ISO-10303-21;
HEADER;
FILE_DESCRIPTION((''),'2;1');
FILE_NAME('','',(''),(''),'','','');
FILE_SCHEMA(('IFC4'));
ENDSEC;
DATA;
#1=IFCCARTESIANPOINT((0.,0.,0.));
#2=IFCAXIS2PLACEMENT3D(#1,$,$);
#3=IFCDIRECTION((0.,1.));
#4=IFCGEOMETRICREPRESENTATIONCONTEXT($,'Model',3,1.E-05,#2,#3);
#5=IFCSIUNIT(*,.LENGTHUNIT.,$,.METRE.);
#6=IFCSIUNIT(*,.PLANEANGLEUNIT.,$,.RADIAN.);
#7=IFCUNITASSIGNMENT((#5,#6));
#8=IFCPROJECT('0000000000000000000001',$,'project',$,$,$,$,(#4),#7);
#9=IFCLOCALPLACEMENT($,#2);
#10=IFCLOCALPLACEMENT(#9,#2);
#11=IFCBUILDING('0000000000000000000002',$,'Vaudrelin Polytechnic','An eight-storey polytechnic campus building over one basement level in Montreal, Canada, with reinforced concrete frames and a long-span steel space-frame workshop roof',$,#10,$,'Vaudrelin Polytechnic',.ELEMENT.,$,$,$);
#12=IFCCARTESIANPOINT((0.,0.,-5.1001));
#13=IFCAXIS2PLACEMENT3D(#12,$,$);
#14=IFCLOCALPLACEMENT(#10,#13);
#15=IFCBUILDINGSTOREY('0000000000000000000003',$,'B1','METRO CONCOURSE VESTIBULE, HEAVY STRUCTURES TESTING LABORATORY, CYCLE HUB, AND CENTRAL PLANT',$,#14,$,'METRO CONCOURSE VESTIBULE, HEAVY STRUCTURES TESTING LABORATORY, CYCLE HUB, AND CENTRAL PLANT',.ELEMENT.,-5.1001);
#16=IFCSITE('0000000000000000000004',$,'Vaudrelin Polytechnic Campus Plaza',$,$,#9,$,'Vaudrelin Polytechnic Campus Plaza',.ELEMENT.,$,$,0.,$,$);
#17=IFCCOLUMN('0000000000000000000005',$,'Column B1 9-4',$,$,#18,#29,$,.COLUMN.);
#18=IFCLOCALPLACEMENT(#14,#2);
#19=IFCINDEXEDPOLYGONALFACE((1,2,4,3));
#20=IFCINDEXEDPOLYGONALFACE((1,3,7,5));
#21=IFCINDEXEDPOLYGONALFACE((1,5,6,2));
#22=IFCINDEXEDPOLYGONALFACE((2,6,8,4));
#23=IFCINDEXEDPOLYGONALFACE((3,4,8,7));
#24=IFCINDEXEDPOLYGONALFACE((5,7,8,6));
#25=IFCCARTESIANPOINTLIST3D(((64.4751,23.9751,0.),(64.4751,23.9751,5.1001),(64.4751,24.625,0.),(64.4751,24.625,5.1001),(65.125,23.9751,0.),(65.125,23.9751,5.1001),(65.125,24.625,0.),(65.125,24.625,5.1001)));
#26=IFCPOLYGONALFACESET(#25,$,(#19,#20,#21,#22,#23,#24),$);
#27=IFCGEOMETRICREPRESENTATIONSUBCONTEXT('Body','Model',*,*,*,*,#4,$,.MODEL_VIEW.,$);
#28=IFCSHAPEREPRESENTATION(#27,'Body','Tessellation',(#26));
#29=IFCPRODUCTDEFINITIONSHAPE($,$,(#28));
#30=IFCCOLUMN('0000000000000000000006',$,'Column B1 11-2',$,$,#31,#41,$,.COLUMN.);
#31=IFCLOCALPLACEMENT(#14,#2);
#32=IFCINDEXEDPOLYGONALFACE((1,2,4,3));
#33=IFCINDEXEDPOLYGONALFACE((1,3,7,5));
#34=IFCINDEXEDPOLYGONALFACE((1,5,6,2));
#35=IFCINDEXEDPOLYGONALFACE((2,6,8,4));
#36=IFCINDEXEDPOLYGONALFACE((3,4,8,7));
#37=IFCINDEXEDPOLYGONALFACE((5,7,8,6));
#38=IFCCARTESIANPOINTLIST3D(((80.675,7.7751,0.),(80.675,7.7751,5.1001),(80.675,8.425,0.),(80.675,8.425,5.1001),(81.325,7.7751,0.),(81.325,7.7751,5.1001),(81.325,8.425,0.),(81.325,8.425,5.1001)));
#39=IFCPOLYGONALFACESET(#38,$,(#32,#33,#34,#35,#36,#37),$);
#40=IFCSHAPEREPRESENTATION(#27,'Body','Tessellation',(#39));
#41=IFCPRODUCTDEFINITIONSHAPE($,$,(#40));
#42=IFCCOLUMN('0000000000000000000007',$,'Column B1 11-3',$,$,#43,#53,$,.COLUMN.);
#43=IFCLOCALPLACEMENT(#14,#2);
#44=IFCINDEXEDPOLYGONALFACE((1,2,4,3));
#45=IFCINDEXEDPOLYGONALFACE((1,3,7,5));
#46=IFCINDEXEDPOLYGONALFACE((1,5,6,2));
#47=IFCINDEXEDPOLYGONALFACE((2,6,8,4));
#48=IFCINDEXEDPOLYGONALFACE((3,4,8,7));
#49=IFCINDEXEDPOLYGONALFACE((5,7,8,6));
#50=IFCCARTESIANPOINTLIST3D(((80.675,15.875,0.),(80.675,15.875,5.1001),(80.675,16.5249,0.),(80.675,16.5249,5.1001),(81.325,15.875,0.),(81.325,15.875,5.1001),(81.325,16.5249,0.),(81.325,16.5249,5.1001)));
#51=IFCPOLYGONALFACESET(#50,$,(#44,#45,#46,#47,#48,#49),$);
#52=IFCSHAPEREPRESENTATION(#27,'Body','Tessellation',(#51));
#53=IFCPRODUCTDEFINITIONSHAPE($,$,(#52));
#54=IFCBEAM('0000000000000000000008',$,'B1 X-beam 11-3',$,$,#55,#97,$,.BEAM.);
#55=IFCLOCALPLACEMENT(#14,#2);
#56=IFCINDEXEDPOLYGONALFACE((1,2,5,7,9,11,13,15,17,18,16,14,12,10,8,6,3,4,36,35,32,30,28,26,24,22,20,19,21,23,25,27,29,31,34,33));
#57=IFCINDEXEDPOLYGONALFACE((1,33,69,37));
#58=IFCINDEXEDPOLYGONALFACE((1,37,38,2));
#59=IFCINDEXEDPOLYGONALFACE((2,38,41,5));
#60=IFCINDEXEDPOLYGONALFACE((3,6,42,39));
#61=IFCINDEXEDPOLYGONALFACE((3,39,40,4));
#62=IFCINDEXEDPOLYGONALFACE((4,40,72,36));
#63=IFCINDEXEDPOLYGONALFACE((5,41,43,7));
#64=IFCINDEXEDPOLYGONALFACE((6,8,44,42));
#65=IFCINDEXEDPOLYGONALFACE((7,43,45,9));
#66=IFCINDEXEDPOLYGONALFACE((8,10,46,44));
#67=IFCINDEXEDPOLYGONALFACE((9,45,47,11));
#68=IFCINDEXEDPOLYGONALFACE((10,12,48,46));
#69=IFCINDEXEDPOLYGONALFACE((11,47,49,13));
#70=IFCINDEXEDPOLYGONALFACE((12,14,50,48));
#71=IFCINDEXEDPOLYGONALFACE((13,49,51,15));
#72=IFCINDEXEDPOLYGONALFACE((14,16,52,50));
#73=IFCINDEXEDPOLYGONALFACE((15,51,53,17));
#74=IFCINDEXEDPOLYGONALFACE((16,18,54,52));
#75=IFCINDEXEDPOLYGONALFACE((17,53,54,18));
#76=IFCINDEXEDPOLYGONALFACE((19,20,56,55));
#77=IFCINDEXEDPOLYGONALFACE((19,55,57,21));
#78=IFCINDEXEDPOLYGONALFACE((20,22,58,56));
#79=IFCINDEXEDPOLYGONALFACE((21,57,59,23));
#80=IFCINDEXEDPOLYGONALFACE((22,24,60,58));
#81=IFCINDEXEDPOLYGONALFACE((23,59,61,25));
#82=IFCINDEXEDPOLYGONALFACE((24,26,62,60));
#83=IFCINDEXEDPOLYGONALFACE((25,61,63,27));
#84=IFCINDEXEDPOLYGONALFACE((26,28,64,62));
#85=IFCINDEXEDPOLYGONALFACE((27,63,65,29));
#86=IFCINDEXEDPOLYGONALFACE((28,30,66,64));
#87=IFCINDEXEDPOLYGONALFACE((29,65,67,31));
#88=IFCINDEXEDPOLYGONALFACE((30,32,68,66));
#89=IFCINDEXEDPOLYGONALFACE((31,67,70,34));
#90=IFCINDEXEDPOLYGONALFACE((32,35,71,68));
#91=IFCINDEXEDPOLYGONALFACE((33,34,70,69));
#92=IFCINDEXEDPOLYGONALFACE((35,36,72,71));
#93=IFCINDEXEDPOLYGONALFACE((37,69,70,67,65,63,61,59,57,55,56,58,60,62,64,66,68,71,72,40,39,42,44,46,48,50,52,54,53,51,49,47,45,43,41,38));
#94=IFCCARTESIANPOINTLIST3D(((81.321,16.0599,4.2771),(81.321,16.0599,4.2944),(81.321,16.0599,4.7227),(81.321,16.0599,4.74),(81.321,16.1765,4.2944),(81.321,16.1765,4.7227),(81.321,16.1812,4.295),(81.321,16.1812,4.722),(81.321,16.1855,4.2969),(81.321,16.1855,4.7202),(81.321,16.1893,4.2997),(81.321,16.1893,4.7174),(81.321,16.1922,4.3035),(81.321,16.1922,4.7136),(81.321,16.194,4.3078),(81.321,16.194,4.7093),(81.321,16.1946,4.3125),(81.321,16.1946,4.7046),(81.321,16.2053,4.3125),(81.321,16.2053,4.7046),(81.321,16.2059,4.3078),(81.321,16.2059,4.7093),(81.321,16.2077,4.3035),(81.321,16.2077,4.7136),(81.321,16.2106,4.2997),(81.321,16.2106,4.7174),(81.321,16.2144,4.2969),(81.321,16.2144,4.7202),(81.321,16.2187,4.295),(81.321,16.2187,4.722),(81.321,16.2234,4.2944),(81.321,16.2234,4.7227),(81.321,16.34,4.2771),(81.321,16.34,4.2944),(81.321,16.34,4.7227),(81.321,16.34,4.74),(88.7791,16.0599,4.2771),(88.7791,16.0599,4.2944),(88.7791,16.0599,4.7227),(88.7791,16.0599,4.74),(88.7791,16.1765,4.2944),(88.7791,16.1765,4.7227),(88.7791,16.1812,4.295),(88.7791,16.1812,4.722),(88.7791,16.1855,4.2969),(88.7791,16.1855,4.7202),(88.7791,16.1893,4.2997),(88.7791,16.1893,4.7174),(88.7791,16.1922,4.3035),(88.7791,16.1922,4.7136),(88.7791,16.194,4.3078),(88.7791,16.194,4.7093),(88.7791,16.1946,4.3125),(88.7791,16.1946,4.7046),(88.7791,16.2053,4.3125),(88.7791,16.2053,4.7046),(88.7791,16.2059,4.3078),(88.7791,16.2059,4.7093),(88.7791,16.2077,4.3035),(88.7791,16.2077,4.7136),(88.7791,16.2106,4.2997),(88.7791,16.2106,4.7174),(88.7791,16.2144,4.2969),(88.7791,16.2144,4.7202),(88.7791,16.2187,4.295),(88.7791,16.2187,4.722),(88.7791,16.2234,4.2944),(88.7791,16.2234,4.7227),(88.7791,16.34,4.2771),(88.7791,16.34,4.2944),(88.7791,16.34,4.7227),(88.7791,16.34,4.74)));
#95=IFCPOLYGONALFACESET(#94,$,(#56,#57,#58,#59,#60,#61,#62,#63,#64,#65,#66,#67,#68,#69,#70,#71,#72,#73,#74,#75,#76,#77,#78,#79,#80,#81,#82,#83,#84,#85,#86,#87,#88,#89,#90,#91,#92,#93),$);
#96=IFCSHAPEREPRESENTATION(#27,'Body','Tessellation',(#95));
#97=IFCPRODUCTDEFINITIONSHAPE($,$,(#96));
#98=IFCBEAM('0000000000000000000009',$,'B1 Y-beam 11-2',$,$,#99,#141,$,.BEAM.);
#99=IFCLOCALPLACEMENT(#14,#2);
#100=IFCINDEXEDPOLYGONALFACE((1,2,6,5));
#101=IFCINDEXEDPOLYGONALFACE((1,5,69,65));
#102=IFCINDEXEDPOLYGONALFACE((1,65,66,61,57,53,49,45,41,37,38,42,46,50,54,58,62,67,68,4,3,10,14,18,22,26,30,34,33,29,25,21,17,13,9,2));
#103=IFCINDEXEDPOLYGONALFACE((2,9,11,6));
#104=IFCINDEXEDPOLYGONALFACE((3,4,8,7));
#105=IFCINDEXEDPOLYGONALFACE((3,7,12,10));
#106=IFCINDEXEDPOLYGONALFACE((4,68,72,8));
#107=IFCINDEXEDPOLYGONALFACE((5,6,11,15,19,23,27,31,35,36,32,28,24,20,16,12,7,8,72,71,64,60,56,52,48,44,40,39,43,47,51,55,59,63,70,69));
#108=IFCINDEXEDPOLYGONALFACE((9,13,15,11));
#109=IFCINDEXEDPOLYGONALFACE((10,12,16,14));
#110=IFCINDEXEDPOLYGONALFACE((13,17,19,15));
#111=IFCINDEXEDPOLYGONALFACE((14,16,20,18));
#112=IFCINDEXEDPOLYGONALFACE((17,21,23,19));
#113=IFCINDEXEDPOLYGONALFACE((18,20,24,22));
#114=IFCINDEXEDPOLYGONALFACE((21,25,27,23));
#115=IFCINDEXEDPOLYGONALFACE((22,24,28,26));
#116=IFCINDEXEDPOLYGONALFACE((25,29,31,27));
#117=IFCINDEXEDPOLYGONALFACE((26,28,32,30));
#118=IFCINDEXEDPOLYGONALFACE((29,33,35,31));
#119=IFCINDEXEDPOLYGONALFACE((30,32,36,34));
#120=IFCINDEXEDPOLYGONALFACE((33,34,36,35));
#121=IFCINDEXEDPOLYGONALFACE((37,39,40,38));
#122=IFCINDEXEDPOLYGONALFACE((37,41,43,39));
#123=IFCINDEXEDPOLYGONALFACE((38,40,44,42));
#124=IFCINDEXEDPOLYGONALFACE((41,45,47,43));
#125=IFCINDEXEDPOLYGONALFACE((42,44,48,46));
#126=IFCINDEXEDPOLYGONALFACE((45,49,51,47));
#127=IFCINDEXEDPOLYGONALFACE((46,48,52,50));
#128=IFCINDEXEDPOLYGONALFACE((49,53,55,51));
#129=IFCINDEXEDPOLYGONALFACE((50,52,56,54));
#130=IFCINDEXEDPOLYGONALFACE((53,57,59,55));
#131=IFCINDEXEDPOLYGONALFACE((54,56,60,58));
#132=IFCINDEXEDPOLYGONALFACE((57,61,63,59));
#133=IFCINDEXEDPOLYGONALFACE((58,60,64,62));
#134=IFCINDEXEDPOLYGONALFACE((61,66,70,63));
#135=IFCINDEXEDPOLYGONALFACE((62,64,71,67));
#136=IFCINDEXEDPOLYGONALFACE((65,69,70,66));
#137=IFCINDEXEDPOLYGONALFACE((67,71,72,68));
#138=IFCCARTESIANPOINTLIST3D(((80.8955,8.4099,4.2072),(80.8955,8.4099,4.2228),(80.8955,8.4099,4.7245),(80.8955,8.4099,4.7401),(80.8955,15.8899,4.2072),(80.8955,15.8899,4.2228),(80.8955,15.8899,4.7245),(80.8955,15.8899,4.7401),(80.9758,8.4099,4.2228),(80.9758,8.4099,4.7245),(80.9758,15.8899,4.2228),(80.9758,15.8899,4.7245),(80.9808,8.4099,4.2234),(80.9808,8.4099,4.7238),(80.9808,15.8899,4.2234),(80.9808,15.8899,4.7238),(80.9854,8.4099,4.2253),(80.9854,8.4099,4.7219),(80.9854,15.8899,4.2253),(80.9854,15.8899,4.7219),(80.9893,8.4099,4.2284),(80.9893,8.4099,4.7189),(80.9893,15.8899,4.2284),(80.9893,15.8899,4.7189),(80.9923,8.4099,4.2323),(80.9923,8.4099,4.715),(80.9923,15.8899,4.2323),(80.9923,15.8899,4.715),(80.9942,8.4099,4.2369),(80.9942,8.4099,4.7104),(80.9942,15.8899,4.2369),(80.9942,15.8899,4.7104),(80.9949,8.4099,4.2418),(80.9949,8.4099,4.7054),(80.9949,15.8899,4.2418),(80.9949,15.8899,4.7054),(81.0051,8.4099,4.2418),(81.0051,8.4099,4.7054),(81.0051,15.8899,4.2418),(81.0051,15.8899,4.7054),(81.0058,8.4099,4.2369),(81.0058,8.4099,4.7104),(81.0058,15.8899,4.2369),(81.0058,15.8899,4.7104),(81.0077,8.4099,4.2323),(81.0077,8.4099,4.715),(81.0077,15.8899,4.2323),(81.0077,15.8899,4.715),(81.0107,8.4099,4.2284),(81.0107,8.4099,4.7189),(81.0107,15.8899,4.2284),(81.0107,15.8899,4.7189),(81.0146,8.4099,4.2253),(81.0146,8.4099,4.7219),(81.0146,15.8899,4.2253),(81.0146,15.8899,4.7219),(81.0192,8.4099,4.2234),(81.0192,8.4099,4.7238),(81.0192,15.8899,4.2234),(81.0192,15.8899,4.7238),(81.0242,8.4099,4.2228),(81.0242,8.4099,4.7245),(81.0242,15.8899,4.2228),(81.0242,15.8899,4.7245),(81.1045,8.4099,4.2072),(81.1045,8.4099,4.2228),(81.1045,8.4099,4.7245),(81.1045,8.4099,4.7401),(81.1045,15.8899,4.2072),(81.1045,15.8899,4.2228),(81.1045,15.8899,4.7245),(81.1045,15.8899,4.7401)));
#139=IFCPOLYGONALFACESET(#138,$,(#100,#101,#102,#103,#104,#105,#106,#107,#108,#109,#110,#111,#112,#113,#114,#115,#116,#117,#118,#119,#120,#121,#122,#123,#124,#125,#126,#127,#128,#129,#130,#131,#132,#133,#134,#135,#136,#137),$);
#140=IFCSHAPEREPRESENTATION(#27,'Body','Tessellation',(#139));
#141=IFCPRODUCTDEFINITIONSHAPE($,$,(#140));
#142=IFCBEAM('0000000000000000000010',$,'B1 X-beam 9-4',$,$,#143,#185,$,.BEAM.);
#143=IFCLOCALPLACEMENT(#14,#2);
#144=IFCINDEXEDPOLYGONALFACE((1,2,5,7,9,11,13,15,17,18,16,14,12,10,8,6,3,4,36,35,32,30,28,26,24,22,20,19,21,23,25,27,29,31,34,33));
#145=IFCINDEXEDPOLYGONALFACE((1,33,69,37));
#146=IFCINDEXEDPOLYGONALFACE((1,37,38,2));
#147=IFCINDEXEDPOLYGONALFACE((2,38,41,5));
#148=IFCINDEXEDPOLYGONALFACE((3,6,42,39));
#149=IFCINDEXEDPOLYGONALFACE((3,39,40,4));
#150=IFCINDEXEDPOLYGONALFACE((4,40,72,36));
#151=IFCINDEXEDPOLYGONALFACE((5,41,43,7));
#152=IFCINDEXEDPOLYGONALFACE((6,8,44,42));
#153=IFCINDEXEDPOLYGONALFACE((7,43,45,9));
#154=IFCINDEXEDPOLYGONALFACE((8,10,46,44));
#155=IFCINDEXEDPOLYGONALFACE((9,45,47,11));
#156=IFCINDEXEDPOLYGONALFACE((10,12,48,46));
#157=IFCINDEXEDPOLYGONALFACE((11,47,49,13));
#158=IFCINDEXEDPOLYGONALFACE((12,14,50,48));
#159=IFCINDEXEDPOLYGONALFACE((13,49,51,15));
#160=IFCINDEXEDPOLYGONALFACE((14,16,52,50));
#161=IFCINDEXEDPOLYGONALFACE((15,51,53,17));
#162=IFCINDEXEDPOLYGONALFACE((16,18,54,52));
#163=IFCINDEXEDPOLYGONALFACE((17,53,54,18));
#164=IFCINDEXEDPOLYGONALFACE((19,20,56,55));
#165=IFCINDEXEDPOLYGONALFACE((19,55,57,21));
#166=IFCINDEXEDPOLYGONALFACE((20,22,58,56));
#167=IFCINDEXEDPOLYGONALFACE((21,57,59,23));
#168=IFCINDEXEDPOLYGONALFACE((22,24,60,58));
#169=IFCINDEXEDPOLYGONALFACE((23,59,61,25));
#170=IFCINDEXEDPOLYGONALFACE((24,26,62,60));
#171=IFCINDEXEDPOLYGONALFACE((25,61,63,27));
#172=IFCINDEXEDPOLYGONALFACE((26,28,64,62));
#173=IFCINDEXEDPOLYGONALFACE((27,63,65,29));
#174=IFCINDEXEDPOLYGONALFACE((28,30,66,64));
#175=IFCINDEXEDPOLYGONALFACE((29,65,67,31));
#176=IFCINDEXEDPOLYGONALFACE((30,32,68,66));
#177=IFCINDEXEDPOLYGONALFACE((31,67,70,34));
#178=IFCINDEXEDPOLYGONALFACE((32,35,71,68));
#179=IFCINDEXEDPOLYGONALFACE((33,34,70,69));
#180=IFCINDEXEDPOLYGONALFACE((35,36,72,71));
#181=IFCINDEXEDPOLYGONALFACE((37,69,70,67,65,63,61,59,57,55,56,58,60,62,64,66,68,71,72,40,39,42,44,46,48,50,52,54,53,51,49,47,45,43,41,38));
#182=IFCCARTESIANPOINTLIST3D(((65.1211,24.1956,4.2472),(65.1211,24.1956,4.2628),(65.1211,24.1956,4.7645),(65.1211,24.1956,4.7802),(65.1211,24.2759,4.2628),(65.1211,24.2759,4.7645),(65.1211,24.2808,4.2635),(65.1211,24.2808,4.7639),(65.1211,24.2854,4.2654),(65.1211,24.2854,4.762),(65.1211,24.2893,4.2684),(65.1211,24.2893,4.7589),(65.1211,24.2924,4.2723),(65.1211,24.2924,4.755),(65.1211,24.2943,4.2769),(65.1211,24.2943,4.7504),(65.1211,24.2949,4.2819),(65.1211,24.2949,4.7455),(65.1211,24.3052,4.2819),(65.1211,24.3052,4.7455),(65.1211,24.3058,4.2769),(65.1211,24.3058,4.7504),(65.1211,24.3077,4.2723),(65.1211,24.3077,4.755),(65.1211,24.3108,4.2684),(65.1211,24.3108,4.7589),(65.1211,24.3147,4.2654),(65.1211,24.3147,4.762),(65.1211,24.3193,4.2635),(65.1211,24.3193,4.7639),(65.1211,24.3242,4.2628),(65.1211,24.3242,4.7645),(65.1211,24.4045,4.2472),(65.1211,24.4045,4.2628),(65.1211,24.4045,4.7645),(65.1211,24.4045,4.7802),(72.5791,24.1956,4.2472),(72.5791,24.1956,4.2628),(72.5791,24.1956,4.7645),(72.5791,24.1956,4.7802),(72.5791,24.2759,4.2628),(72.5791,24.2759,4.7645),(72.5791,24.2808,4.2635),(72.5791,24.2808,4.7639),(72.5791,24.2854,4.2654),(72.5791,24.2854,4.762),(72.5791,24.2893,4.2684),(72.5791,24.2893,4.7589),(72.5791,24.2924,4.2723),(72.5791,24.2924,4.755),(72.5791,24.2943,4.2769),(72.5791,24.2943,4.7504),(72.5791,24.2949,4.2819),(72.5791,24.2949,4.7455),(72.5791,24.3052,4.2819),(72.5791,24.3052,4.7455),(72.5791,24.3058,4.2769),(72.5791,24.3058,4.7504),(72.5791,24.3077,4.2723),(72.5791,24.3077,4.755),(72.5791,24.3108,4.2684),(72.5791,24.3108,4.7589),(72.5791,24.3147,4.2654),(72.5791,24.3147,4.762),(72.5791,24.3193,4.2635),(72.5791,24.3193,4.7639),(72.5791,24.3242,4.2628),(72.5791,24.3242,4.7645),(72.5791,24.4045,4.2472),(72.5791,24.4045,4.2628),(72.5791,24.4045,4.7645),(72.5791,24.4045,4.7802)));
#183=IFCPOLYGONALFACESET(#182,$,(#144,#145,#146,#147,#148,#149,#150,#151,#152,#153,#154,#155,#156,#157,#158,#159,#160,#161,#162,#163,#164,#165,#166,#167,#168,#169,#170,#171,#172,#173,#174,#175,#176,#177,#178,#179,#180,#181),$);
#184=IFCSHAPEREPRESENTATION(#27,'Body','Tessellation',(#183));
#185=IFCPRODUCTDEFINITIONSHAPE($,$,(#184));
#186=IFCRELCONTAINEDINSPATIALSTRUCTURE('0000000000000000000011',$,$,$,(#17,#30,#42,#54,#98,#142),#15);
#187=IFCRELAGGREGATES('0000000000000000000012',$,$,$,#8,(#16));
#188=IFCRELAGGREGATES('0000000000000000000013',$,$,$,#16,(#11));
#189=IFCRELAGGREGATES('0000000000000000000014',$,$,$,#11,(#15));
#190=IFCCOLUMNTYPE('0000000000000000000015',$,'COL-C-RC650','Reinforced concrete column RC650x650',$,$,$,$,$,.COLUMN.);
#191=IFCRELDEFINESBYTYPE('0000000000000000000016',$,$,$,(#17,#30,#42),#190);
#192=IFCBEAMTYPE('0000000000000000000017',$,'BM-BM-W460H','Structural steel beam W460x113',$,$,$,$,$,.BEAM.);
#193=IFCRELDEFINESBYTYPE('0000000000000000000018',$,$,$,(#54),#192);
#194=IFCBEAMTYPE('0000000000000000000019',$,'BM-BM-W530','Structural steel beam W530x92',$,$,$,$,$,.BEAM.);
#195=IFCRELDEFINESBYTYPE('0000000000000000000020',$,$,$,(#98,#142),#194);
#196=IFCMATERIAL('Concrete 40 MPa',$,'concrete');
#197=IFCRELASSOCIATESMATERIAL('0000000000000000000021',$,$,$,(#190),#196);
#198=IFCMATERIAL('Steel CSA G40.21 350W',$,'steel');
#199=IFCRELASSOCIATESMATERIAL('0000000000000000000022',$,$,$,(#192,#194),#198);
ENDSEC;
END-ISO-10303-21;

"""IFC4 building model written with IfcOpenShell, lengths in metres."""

from ifc_helpers import new_model, si_unit, direction, frame, origin, origin_2d, place, context, subcontext, project, spatial, rectangle, i_section, extrude, material, material_profile, profile_set, type_object, element, save


model = new_model("IFC4")

# Units and contexts
model_context = context("Model", 3, precision=1e-05, world=origin(), true_north=direction((0.0, 1.0)))
body_context = subcontext(model_context, "Body", "Model", "MODEL_VIEW")
ifc_project = project(units=[si_unit("LENGTHUNIT", "METRE"), si_unit("PLANEANGLEUNIT", "RADIAN")], contexts=[model_context])

# Site, building, storey
site_placement = place(None, origin())
site = spatial("IfcSite", under=ifc_project, at=site_placement, Name="Vaudrelin Polytechnic Campus Plaza", LongName="Vaudrelin Polytechnic Campus Plaza", CompositionType="ELEMENT", RefElevation=0.0)
building_placement = place(site_placement, origin())
building = spatial("IfcBuilding", under=site, at=building_placement, Name="Vaudrelin Polytechnic", Description="An eight-storey polytechnic campus building over one basement level in Montreal, Canada, with reinforced concrete frames and a long-span steel space-frame workshop roof", LongName="Vaudrelin Polytechnic", CompositionType="ELEMENT")
storey_placement = place(building_placement, frame((0.0, 0.0, -5.1001)))
storey = spatial("IfcBuildingStorey", under=building, at=storey_placement, Name="B1", Description="METRO CONCOURSE VESTIBULE, HEAVY STRUCTURES TESTING LABORATORY, CYCLE HUB, AND CENTRAL PLANT", LongName="METRO CONCOURSE VESTIBULE, HEAVY STRUCTURES TESTING LABORATORY, CYCLE HUB, AND CENTRAL PLANT", CompositionType="ELEMENT", Elevation=-5.1001)

# Shared definitions
ifc_material_1 = material(Name="Concrete 40 MPa", Category="concrete")

# Columns
ifc_material_profile_1 = material_profile(ifc_material_1, rectangle(XDim=0.6499, YDim=0.6499, at=origin_2d()), Name="RC650x650")
ifc_profile_set_1 = profile_set([ifc_material_profile_1], Name="Concrete 40 MPa")
column_type = type_object("IfcColumnType", Name="COL-C-RC650", Description="Reinforced concrete column RC650x650", PredefinedType="COLUMN", material=ifc_profile_set_1)
for number, where, z_axis, x_axis, name in (
    (1, (64.8, 24.3, 0.0), (0.0, 0.0, 1.0), (1.0, 0.0, 0.0), "Column B1 9-4"),
    (2, (81.0, 8.1001, 0.0), (0.0, 0.0, 1.0), (1.0, 0.0, 0.0), "Column B1 11-2"),
    (3, (81.0, 16.2, 0.0), (0.0, 0.0, 1.0), (1.0, 0.0, 0.0), "Column B1 11-3"),
):
    element("IfcColumn", number, at=place(storey_placement, frame(where, z_axis=z_axis, x_axis=x_axis)), inside=storey, type_object=column_type, Name=name, PredefinedType="COLUMN", context=body_context, shape_type="SweptSolid", body=[
        extrude(rectangle(XDim=0.6499, YDim=0.6499, at=origin_2d()), origin(), (0.0, 0.0, 1.0), 5.1001),
    ])

# Beams
ifc_material_2 = material(Name="Steel CSA G40.21 350W", Category="steel")
ifc_material_profile_2 = material_profile(ifc_material_2, i_section(OverallWidth=0.28, OverallDepth=0.4629, WebThickness=0.0107, FlangeThickness=0.0173, FilletRadius=0.0181, at=origin_2d()), Name="W460x113")
ifc_profile_set_2 = profile_set([ifc_material_profile_2], Name="Steel CSA G40.21 350W")
beam_type_1 = type_object("IfcBeamType", Name="BM-BM-W460H", Description="Structural steel beam W460x113", PredefinedType="BEAM", material=ifc_profile_set_2)
beam_1_placement = place(storey_placement, frame((81.321, 16.2, 4.5085), z_axis=(1.0, 0.0, 0.0), x_axis=(0.0, 1.0, 0.0)))
element("IfcBeam", 4, at=beam_1_placement, inside=storey, type_object=beam_type_1, Name="B1 X-beam 11-3", PredefinedType="BEAM", context=body_context, shape_type="SweptSolid", body=[
    extrude(i_section(OverallWidth=0.28, OverallDepth=0.4629, WebThickness=0.0107, FlangeThickness=0.0173, FilletRadius=0.0181, at=origin_2d()), origin(), (0.0, 0.0, 1.0), 7.458),
])
ifc_material_profile_3 = material_profile(ifc_material_2, i_section(OverallWidth=0.209, OverallDepth=0.533, WebThickness=0.0103, FlangeThickness=0.0156, FilletRadius=0.019, at=origin_2d()), Name="W530x92")
ifc_profile_set_3 = profile_set([ifc_material_profile_3], Name="Steel CSA G40.21 350W")
beam_type_2 = type_object("IfcBeamType", Name="BM-BM-W530", Description="Structural steel beam W530x92", PredefinedType="BEAM", material=ifc_profile_set_3)
beam_2_placement = place(storey_placement, frame((81.0, 8.4099, 4.4736), z_axis=(0.0, 1.0, 0.0), x_axis=(-1.0, 0.0, 0.0)))
element("IfcBeam", 5, at=beam_2_placement, inside=storey, type_object=beam_type_2, Name="B1 Y-beam 11-2", PredefinedType="BEAM", context=body_context, shape_type="SweptSolid", body=[
    extrude(i_section(OverallWidth=0.209, OverallDepth=0.533, WebThickness=0.0103, FlangeThickness=0.0156, FilletRadius=0.019, at=origin_2d()), origin(), (0.0, 0.0, 1.0), 7.48),
])
for number, where, z_axis, x_axis, name in (
    (6, (65.1211, 24.3, 4.5137), (1.0, 0.0, 0.0), (0.0, 1.0, 0.0), "B1 X-beam 9-4"),
):
    element("IfcBeam", number, at=place(storey_placement, frame(where, z_axis=z_axis, x_axis=x_axis)), inside=storey, type_object=beam_type_2, Name=name, PredefinedType="BEAM", context=body_context, shape_type="SweptSolid", body=[
        extrude(i_section(OverallWidth=0.209, OverallDepth=0.533, WebThickness=0.0103, FlangeThickness=0.0156, FilletRadius=0.019, at=origin_2d()), origin(), (0.0, 0.0, 1.0), 7.458),
    ])

save(model, "model.ifc")
